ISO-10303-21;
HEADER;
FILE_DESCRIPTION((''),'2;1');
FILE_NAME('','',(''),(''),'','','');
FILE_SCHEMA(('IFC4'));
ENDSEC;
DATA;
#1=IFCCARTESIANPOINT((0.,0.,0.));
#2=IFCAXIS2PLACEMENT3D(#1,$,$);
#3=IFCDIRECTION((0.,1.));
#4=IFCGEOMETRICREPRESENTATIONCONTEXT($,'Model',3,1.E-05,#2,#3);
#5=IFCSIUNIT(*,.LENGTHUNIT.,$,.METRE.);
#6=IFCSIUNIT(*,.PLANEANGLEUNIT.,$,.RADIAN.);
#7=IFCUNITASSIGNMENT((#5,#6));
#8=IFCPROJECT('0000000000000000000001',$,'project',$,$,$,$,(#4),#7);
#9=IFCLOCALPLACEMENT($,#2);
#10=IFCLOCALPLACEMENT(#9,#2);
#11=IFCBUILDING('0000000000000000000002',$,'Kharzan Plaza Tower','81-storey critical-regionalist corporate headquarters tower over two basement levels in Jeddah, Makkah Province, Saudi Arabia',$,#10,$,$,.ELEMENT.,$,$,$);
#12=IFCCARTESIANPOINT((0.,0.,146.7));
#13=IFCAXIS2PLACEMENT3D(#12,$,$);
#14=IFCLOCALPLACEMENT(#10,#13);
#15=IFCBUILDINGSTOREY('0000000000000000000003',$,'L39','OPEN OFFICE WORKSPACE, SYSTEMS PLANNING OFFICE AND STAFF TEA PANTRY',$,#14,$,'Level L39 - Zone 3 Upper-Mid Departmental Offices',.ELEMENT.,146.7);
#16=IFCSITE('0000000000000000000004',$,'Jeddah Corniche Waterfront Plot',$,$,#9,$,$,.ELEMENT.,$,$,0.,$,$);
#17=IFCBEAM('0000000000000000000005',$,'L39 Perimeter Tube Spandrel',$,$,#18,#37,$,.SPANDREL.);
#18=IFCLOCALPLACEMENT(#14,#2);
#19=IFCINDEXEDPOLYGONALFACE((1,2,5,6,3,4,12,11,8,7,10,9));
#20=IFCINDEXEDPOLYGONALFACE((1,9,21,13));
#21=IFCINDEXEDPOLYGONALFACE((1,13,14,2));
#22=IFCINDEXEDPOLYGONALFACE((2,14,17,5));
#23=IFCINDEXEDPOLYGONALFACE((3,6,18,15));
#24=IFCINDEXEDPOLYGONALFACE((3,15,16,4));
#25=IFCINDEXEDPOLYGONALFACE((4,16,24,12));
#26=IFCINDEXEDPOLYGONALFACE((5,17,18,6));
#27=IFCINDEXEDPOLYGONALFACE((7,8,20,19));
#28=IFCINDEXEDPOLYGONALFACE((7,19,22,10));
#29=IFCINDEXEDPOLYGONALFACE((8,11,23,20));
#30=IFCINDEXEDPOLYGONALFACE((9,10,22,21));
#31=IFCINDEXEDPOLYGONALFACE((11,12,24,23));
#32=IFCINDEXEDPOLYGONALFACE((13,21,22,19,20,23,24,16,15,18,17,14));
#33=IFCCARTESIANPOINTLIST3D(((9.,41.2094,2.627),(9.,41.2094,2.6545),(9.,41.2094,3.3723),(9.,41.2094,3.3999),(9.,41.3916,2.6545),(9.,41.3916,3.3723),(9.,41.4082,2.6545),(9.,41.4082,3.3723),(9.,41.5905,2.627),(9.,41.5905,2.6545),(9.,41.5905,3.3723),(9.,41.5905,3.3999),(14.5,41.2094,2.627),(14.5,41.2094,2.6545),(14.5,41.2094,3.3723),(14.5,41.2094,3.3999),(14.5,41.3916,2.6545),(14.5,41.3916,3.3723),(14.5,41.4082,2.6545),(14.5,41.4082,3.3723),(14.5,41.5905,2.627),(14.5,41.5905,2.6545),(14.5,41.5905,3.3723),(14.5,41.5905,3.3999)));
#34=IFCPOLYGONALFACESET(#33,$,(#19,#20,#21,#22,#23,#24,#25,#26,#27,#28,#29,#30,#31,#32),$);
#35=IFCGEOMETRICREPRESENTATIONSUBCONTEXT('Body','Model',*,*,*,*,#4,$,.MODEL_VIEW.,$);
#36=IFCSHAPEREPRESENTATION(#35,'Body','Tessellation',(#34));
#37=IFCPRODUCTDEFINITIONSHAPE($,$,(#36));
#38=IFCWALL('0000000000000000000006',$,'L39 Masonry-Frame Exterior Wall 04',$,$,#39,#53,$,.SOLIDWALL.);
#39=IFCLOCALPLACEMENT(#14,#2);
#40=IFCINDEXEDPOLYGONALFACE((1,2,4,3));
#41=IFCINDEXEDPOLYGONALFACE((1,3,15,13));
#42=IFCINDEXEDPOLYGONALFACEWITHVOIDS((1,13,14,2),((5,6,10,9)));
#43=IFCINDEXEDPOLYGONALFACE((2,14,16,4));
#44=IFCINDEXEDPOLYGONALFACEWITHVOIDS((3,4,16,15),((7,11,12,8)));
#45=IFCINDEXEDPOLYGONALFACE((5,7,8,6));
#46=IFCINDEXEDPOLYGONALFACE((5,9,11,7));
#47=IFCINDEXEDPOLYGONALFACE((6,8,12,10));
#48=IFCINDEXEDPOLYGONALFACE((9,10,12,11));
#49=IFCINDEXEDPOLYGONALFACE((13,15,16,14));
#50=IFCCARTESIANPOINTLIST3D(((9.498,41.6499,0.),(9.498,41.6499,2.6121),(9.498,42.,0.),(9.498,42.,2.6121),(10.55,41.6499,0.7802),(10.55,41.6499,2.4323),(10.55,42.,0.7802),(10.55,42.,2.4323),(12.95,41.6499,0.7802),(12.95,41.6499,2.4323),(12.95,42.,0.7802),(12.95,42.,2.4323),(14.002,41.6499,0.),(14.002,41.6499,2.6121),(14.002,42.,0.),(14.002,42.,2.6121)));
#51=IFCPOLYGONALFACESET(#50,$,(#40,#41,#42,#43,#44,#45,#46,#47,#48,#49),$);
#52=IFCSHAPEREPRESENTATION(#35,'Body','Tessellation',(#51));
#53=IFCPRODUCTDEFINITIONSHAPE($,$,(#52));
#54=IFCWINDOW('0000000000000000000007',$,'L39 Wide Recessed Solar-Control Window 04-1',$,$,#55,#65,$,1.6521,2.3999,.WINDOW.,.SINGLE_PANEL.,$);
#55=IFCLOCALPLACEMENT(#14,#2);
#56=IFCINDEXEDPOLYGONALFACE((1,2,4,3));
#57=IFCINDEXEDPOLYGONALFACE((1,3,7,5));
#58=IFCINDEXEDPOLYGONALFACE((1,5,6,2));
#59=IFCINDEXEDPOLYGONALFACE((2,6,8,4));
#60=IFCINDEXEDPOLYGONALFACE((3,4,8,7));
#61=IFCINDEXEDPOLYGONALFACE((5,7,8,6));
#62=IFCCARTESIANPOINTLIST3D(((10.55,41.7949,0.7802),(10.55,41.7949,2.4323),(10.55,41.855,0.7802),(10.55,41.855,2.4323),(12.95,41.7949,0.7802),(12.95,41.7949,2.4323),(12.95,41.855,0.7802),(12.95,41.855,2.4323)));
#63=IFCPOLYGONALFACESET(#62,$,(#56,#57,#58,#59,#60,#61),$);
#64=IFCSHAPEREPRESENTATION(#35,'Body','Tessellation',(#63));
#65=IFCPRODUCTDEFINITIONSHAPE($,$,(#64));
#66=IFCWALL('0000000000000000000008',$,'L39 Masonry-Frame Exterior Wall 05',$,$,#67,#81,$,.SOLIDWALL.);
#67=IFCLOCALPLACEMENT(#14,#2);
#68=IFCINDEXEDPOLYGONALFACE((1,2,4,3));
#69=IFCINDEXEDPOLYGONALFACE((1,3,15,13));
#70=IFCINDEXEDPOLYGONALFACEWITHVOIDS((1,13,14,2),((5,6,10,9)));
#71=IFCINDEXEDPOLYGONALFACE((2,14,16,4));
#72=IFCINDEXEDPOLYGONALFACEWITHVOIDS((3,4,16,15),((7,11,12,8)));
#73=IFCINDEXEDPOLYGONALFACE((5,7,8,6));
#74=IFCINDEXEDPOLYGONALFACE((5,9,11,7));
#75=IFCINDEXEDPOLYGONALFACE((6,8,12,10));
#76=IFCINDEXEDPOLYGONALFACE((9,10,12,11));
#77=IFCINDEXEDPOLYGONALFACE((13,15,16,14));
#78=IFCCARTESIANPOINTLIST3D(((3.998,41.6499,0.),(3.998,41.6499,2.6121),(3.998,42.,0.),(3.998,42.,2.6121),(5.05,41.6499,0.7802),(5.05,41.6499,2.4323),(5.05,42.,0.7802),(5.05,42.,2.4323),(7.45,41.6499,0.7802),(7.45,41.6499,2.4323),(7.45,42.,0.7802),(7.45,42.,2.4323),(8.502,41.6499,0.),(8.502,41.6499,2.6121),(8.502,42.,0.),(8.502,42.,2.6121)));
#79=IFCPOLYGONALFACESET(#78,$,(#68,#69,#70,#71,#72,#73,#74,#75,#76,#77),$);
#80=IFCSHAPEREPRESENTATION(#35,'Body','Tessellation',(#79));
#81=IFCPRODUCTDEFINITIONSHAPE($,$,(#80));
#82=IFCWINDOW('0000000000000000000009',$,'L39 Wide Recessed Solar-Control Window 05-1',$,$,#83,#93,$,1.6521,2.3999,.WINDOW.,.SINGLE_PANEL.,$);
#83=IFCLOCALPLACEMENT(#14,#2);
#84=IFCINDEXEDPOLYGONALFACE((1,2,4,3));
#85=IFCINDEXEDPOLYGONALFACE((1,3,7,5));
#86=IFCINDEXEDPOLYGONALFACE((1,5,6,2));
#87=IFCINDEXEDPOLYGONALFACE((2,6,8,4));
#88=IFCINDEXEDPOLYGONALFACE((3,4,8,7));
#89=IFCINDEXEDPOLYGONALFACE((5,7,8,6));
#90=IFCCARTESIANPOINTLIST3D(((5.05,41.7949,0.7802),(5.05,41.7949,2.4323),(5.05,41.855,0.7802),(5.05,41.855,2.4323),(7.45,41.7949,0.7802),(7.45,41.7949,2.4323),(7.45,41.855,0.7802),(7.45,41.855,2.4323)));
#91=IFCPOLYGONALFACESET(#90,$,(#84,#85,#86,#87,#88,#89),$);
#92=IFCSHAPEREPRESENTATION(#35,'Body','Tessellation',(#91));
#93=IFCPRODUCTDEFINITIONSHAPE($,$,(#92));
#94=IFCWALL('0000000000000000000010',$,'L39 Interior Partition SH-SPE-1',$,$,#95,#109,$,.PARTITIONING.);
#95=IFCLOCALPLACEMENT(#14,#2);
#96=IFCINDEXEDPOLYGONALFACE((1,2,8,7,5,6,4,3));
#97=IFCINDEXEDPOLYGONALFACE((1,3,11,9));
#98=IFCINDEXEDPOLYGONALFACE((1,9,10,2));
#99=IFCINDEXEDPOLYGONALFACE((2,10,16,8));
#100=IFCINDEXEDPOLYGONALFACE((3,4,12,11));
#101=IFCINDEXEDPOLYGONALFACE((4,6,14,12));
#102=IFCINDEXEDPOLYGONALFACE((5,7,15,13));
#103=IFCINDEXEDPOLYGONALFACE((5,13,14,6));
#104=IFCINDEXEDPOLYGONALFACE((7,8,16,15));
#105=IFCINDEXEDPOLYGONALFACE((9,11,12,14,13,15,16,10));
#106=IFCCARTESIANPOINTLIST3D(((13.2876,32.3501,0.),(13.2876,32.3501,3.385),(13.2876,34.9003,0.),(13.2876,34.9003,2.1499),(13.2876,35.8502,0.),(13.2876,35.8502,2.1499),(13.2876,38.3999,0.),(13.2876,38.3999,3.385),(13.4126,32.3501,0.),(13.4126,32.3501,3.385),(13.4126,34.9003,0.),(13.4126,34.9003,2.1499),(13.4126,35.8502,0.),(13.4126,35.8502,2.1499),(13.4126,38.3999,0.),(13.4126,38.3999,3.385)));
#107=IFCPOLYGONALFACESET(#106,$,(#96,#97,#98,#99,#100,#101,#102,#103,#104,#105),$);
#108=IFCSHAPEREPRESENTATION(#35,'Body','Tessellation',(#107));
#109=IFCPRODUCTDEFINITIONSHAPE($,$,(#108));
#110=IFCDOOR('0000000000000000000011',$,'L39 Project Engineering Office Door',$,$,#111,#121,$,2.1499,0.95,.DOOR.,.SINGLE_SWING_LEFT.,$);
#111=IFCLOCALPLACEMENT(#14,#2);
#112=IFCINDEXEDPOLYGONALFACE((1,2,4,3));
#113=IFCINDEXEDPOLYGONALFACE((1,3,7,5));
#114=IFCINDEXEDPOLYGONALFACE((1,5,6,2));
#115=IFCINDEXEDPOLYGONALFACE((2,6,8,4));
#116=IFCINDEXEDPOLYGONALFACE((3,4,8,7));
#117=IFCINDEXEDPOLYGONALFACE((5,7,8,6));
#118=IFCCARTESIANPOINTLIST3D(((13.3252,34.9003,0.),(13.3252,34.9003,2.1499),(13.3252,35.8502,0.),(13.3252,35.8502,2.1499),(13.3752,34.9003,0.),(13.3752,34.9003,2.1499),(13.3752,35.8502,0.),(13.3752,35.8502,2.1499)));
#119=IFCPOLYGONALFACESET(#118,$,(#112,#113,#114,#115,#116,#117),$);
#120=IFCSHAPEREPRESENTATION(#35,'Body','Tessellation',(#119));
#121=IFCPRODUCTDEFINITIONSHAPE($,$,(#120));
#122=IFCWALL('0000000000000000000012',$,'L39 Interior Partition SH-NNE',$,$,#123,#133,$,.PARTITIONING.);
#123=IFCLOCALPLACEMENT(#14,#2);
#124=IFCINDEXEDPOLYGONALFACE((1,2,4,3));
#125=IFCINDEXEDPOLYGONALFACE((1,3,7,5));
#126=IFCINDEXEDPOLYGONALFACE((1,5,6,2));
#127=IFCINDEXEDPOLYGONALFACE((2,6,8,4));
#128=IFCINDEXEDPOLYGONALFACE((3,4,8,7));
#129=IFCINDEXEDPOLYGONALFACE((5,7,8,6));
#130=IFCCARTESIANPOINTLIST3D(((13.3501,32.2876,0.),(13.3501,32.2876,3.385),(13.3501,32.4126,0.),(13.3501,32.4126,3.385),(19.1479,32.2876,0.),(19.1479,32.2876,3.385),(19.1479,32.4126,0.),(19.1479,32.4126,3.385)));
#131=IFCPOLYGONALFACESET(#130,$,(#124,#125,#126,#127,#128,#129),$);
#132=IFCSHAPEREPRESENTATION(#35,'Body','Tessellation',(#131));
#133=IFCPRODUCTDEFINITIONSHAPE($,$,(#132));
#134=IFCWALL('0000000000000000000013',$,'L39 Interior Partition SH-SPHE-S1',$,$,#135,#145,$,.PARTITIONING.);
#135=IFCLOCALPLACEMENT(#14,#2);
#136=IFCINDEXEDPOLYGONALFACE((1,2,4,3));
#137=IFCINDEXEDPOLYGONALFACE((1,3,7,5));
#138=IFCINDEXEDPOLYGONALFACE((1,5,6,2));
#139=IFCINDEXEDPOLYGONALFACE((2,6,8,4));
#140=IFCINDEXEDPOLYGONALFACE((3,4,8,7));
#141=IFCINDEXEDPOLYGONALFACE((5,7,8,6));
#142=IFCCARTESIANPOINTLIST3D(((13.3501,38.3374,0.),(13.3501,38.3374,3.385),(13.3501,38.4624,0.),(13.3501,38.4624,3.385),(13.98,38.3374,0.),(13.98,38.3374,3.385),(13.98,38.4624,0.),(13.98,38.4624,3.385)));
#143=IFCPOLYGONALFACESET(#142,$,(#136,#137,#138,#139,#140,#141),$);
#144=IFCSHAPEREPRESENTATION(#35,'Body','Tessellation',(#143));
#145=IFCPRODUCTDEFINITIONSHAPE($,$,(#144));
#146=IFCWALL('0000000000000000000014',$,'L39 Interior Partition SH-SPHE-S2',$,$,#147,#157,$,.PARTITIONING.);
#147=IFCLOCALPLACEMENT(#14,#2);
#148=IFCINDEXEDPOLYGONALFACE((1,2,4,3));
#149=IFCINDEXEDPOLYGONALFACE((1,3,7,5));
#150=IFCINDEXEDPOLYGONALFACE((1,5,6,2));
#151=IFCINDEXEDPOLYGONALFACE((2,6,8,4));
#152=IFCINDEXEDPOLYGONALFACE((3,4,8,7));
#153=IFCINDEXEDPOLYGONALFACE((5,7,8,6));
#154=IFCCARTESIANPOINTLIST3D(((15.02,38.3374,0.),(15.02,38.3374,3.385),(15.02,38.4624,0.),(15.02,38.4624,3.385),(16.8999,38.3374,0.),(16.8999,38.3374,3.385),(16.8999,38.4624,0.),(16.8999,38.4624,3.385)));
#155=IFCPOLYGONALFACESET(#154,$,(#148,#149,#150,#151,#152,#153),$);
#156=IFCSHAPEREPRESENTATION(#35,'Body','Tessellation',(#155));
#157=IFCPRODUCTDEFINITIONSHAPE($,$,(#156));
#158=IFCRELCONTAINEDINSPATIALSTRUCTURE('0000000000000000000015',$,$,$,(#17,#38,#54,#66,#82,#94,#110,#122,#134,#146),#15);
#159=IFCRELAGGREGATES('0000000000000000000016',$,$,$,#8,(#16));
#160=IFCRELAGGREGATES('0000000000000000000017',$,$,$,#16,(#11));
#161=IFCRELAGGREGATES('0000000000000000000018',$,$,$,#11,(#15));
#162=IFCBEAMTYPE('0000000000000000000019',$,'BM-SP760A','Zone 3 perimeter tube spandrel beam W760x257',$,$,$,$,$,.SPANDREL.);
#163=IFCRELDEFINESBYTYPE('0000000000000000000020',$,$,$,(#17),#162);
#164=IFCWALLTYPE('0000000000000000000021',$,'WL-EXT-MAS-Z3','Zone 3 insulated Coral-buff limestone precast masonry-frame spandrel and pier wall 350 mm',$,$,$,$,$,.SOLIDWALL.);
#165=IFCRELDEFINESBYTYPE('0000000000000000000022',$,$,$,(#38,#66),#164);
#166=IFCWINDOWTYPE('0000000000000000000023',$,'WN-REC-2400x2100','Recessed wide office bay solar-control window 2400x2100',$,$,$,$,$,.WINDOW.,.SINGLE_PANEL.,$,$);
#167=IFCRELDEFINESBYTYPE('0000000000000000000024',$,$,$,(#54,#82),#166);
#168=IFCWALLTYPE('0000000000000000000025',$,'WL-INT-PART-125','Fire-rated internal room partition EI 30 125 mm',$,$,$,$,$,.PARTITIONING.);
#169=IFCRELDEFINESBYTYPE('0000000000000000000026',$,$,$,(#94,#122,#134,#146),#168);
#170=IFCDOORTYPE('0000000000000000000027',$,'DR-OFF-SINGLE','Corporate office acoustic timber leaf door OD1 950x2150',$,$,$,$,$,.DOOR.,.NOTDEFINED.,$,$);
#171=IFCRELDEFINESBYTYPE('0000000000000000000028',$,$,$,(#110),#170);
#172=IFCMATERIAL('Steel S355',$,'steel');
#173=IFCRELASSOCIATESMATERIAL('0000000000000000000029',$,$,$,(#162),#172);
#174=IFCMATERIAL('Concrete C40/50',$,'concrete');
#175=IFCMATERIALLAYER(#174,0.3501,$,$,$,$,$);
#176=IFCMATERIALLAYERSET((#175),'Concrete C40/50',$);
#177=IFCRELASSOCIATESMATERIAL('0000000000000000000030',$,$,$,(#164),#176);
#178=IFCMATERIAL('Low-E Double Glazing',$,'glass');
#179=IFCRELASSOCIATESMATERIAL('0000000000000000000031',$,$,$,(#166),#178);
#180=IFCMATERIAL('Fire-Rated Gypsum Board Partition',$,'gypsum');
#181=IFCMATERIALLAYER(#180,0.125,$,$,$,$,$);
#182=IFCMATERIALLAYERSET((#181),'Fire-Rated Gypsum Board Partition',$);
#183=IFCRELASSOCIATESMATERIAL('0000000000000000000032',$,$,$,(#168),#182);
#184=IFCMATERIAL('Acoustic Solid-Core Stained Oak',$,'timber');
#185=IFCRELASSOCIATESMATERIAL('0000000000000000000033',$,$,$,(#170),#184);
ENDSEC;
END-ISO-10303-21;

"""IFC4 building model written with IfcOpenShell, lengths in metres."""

from ifc_helpers import new_model, si_unit, direction, frame, frame_2d, origin, origin_2d, place, context, subcontext, project, spatial, rectangle, i_section, extrude, source, transform, mapped, material, layer, layer_set, material_profile, profile_set, type_object, element, fill, save


model = new_model("IFC4")

# Units and contexts
model_context = context("Model", 3, precision=1e-05, world=origin(), true_north=direction((0.0, 1.0)))
body_context = subcontext(model_context, "Body", "Model", "MODEL_VIEW")
ifc_project = project(units=[si_unit("LENGTHUNIT", "METRE"), si_unit("PLANEANGLEUNIT", "RADIAN")], contexts=[model_context])

# Site, building, storey
site_placement = place(None, origin())
site = spatial("IfcSite", under=ifc_project, at=site_placement, Name="Jeddah Corniche Waterfront Plot", CompositionType="ELEMENT", RefElevation=0.0)
building_placement = place(site_placement, origin())
building = spatial("IfcBuilding", under=site, at=building_placement, Name="Kharzan Plaza Tower", Description="81-storey critical-regionalist corporate headquarters tower over two basement levels in Jeddah, Makkah Province, Saudi Arabia", CompositionType="ELEMENT")
storey_placement = place(building_placement, frame((0.0, 0.0, 146.7)))
storey = spatial("IfcBuildingStorey", under=building, at=storey_placement, Name="L39", Description="OPEN OFFICE WORKSPACE, SYSTEMS PLANNING OFFICE AND STAFF TEA PANTRY", LongName="Level L39 - Zone 3 Upper-Mid Departmental Offices", CompositionType="ELEMENT", Elevation=146.7)

# Beam
ifc_material_1 = material(Name="Steel S355", Category="steel")
ifc_material_profile_1 = material_profile(ifc_material_1, i_section(OverallWidth=0.3811, OverallDepth=0.7729, WebThickness=0.0166, FlangeThickness=0.0276, at=origin_2d()), Name="W760x257")
ifc_profile_set_1 = profile_set([ifc_material_profile_1], Name="Steel S355")
beam_type_1 = type_object("IfcBeamType", Name="BM-SP760A", Description="Zone 3 perimeter tube spandrel beam W760x257", PredefinedType="SPANDREL", material=ifc_profile_set_1)
shared_shape_1 = source(origin(), body_context, "Body", "SweptSolid", [
    extrude(i_section(OverallWidth=0.3811, OverallDepth=0.7729, WebThickness=0.0166, FlangeThickness=0.0276, at=origin_2d()), origin(), (0.0, 0.0, 1.0), 5.5),
])
for number, where, z_axis, x_axis, name in (
    (1, (9.0, 41.3999, 3.0134), (1.0, 0.0, 0.0), (0.0, 1.0, 0.0), "L39 Perimeter Tube Spandrel"),
):
    element("IfcBeam", number, at=place(storey_placement, frame(where, z_axis=z_axis, x_axis=x_axis)), inside=storey, type_object=beam_type_1, Name=name, PredefinedType="SPANDREL", context=body_context, shape_type="MappedRepresentation", body=[
        mapped(shared_shape_1, transform((0.0, 0.0, 0.0), x_axis=(1.0, 0.0, 0.0), y_axis=(0.0, 1.0, 0.0), z_axis=(0.0, 0.0, 1.0))),
    ])

# Walls, openings, windows
ifc_material_2 = material(Name="Concrete C40/50", Category="concrete")
ifc_layer_1 = layer(ifc_material_2, 0.3501)
ifc_layer_set_1 = layer_set([ifc_layer_1], Name="Concrete C40/50")
wall_type_1 = type_object("IfcWallType", Name="WL-EXT-MAS-Z3", Description="Zone 3 insulated Coral-buff limestone precast masonry-frame spandrel and pier wall 350 mm", PredefinedType="SOLIDWALL", material=ifc_layer_set_1)
wall_1_placement = place(storey_placement, frame((14.002, 41.825, 0.0), z_axis=(0.0, 0.0, 1.0), x_axis=(-1.0, 0.0, 0.0)))
wall_1 = element("IfcWall", 2, at=wall_1_placement, inside=storey, type_object=wall_type_1, Name="L39 Masonry-Frame Exterior Wall 04", PredefinedType="SOLIDWALL", context=body_context, shape_type="SweptSolid", body=[
    extrude(rectangle(XDim=4.5039, YDim=0.3501, at=frame_2d((2.252, 0.0))), origin(), (0.0, 0.0, 1.0), 2.6121),
])
opening_1_placement = place(wall_1_placement, frame((1.052, 0.0, 0.78)))
opening_1 = element("IfcOpeningElement", 3, at=opening_1_placement, cuts=wall_1, PredefinedType="OPENING", context=body_context, shape_type="SweptSolid", body=[
    extrude(rectangle(XDim=2.3999, YDim=1.6521, at=frame_2d((1.2, 0.8262))), frame((0.0, 0.1851, 0.0), z_axis=(0.0, -1.0, 0.0), x_axis=(1.0, 0.0, 0.0)), (0.0, 0.0, 1.0), 0.3701),
])
ifc_material_3 = material(Name="Low-E Double Glazing", Category="glass")
window_type = type_object("IfcWindowType", Name="WN-REC-2400x2100", Description="Recessed wide office bay solar-control window 2400x2100", PartitioningType="SINGLE_PANEL", PredefinedType="WINDOW", material=ifc_material_3)
shared_shape_2 = source(origin(), body_context, "Body", "SweptSolid", [
    extrude(rectangle(XDim=2.3999, YDim=1.6521, at=frame_2d((1.2, 0.8262))), frame((0.0, 0.03, 0.0), z_axis=(0.0, -1.0, 0.0), x_axis=(1.0, 0.0, 0.0)), (0.0, 0.0, 1.0), 0.0601),
])
window_1_placement = place(opening_1_placement, origin())
window_1 = element("IfcWindow", 4, at=window_1_placement, inside=storey, type_object=window_type, Name="L39 Wide Recessed Solar-Control Window 04-1", OverallHeight=1.6521, OverallWidth=2.3999, PartitioningType="SINGLE_PANEL", PredefinedType="WINDOW", context=body_context, shape_type="MappedRepresentation", body=[
    mapped(shared_shape_2, transform((0.0, 0.0, 0.0), x_axis=(1.0, 0.0, 0.0), y_axis=(0.0, 1.0, 0.0), z_axis=(0.0, 0.0, 1.0))),
])
fill(opening_1, window_1)
wall_2_placement = place(storey_placement, frame((8.502, 41.825, 0.0), z_axis=(0.0, 0.0, 1.0), x_axis=(-1.0, 0.0, 0.0)))
wall_2 = element("IfcWall", 5, at=wall_2_placement, inside=storey, type_object=wall_type_1, Name="L39 Masonry-Frame Exterior Wall 05", PredefinedType="SOLIDWALL", context=body_context, shape_type="SweptSolid", body=[
    extrude(rectangle(XDim=4.5039, YDim=0.3501, at=frame_2d((2.252, 0.0))), origin(), (0.0, 0.0, 1.0), 2.6121),
])
opening_2_placement = place(wall_2_placement, frame((1.052, 0.0, 0.78)))
opening_2 = element("IfcOpeningElement", 6, at=opening_2_placement, cuts=wall_2, PredefinedType="OPENING", context=body_context, shape_type="SweptSolid", body=[
    extrude(rectangle(XDim=2.3999, YDim=1.6521, at=frame_2d((1.2, 0.8262))), frame((0.0, 0.1851, 0.0), z_axis=(0.0, -1.0, 0.0), x_axis=(1.0, 0.0, 0.0)), (0.0, 0.0, 1.0), 0.3701),
])
window_2_placement = place(opening_2_placement, origin())
window_2 = element("IfcWindow", 7, at=window_2_placement, inside=storey, type_object=window_type, Name="L39 Wide Recessed Solar-Control Window 05-1", OverallHeight=1.6521, OverallWidth=2.3999, PartitioningType="SINGLE_PANEL", PredefinedType="WINDOW", context=body_context, shape_type="MappedRepresentation", body=[
    mapped(shared_shape_2, transform((0.0, 0.0, 0.0), x_axis=(1.0, 0.0, 0.0), y_axis=(0.0, 1.0, 0.0), z_axis=(0.0, 0.0, 1.0))),
])
fill(opening_2, window_2)

# Wall, opening, door
ifc_material_4 = material(Name="Fire-Rated Gypsum Board Partition", Category="gypsum")
ifc_layer_2 = layer(ifc_material_4, 0.125)
ifc_layer_set_2 = layer_set([ifc_layer_2], Name="Fire-Rated Gypsum Board Partition")
wall_type_2 = type_object("IfcWallType", Name="WL-INT-PART-125", Description="Fire-rated internal room partition EI 30 125 mm", PredefinedType="PARTITIONING", material=ifc_layer_set_2)
wall_3_placement = place(storey_placement, frame((13.3501, 32.3501, 0.0), z_axis=(0.0, 0.0, 1.0), x_axis=(0.0, 1.0, 0.0)))
wall_3 = element("IfcWall", 8, at=wall_3_placement, inside=storey, type_object=wall_type_2, Name="L39 Interior Partition SH-SPE-1", PredefinedType="PARTITIONING", context=body_context, shape_type="SweptSolid", body=[
    extrude(rectangle(XDim=6.0498, YDim=0.125, at=frame_2d((3.0249, 0.0))), origin(), (0.0, 0.0, 1.0), 3.385),
])
opening_3_placement = place(wall_3_placement, frame((2.55, 0.0, 0.0)))
opening_3 = element("IfcOpeningElement", 9, at=opening_3_placement, cuts=wall_3, PredefinedType="OPENING", context=body_context, shape_type="SweptSolid", body=[
    extrude(rectangle(XDim=0.95, YDim=2.1499, at=frame_2d((0.4751, 1.075))), frame((0.0, 0.0725, 0.0), z_axis=(0.0, -1.0, 0.0), x_axis=(1.0, 0.0, 0.0)), (0.0, 0.0, 1.0), 0.145),
])
ifc_material_5 = material(Name="Acoustic Solid-Core Stained Oak", Category="timber")
door_type = type_object("IfcDoorType", Name="DR-OFF-SINGLE", Description="Corporate office acoustic timber leaf door OD1 950x2150", OperationType="NOTDEFINED", PredefinedType="DOOR", material=ifc_material_5)
shared_shape_3 = source(origin(), body_context, "Body", "SweptSolid", [
    extrude(rectangle(XDim=0.95, YDim=2.1499, at=frame_2d((0.4751, 1.075))), frame((0.0, 0.0249, 0.0), z_axis=(0.0, -1.0, 0.0), x_axis=(1.0, 0.0, 0.0)), (0.0, 0.0, 1.0), 0.05),
])
door_1_placement = place(opening_3_placement, origin())
door_1 = element("IfcDoor", 10, at=door_1_placement, inside=storey, type_object=door_type, Name="L39 Project Engineering Office Door", OperationType="SINGLE_SWING_LEFT", OverallHeight=2.1499, OverallWidth=0.95, PredefinedType="DOOR", context=body_context, shape_type="MappedRepresentation", body=[
    mapped(shared_shape_3, transform((0.0, 0.0, 0.0), x_axis=(1.0, 0.0, 0.0), y_axis=(0.0, 1.0, 0.0), z_axis=(0.0, 0.0, 1.0))),
])
fill(opening_3, door_1)

# Walls
shared_shape_4 = source(origin(), body_context, "Body", "SweptSolid", [
    extrude(rectangle(XDim=5.7979, YDim=0.125, at=frame_2d((2.8989, 0.0))), origin(), (0.0, 0.0, 1.0), 3.385),
])
wall_4_placement = place(storey_placement, frame((13.3501, 32.3501, 0.0), z_axis=(0.0, 0.0, 1.0), x_axis=(1.0, 0.0, 0.0)))
element("IfcWall", 11, at=wall_4_placement, inside=storey, type_object=wall_type_2, Name="L39 Interior Partition SH-NNE", PredefinedType="PARTITIONING", context=body_context, shape_type="MappedRepresentation", body=[
    mapped(shared_shape_4, transform((0.0, 0.0, 0.0), x_axis=(1.0, 0.0, 0.0), y_axis=(0.0, 1.0, 0.0), z_axis=(0.0, 0.0, 1.0))),
])
shared_shape_5 = source(origin(), body_context, "Body", "SweptSolid", [
    extrude(rectangle(XDim=0.6299, YDim=0.125, at=frame_2d((0.3149, 0.0))), origin(), (0.0, 0.0, 1.0), 3.385),
])
wall_5_placement = place(storey_placement, frame((13.3501, 38.3999, 0.0), z_axis=(0.0, 0.0, 1.0), x_axis=(1.0, 0.0, 0.0)))
element("IfcWall", 12, at=wall_5_placement, inside=storey, type_object=wall_type_2, Name="L39 Interior Partition SH-SPHE-S1", PredefinedType="PARTITIONING", context=body_context, shape_type="MappedRepresentation", body=[
    mapped(shared_shape_5, transform((0.0, 0.0, 0.0), x_axis=(1.0, 0.0, 0.0), y_axis=(0.0, 1.0, 0.0), z_axis=(0.0, 0.0, 1.0))),
])
shared_shape_6 = source(origin(), body_context, "Body", "SweptSolid", [
    extrude(rectangle(XDim=1.8799, YDim=0.125, at=frame_2d((0.9399, 0.0))), origin(), (0.0, 0.0, 1.0), 3.385),
])
wall_6_placement = place(storey_placement, frame((15.02, 38.3999, 0.0), z_axis=(0.0, 0.0, 1.0), x_axis=(1.0, 0.0, 0.0)))
element("IfcWall", 13, at=wall_6_placement, inside=storey, type_object=wall_type_2, Name="L39 Interior Partition SH-SPHE-S2", PredefinedType="PARTITIONING", context=body_context, shape_type="MappedRepresentation", body=[
    mapped(shared_shape_6, transform((0.0, 0.0, 0.0), x_axis=(1.0, 0.0, 0.0), y_axis=(0.0, 1.0, 0.0), z_axis=(0.0, 0.0, 1.0))),
])

save(model, "model.ifc")
